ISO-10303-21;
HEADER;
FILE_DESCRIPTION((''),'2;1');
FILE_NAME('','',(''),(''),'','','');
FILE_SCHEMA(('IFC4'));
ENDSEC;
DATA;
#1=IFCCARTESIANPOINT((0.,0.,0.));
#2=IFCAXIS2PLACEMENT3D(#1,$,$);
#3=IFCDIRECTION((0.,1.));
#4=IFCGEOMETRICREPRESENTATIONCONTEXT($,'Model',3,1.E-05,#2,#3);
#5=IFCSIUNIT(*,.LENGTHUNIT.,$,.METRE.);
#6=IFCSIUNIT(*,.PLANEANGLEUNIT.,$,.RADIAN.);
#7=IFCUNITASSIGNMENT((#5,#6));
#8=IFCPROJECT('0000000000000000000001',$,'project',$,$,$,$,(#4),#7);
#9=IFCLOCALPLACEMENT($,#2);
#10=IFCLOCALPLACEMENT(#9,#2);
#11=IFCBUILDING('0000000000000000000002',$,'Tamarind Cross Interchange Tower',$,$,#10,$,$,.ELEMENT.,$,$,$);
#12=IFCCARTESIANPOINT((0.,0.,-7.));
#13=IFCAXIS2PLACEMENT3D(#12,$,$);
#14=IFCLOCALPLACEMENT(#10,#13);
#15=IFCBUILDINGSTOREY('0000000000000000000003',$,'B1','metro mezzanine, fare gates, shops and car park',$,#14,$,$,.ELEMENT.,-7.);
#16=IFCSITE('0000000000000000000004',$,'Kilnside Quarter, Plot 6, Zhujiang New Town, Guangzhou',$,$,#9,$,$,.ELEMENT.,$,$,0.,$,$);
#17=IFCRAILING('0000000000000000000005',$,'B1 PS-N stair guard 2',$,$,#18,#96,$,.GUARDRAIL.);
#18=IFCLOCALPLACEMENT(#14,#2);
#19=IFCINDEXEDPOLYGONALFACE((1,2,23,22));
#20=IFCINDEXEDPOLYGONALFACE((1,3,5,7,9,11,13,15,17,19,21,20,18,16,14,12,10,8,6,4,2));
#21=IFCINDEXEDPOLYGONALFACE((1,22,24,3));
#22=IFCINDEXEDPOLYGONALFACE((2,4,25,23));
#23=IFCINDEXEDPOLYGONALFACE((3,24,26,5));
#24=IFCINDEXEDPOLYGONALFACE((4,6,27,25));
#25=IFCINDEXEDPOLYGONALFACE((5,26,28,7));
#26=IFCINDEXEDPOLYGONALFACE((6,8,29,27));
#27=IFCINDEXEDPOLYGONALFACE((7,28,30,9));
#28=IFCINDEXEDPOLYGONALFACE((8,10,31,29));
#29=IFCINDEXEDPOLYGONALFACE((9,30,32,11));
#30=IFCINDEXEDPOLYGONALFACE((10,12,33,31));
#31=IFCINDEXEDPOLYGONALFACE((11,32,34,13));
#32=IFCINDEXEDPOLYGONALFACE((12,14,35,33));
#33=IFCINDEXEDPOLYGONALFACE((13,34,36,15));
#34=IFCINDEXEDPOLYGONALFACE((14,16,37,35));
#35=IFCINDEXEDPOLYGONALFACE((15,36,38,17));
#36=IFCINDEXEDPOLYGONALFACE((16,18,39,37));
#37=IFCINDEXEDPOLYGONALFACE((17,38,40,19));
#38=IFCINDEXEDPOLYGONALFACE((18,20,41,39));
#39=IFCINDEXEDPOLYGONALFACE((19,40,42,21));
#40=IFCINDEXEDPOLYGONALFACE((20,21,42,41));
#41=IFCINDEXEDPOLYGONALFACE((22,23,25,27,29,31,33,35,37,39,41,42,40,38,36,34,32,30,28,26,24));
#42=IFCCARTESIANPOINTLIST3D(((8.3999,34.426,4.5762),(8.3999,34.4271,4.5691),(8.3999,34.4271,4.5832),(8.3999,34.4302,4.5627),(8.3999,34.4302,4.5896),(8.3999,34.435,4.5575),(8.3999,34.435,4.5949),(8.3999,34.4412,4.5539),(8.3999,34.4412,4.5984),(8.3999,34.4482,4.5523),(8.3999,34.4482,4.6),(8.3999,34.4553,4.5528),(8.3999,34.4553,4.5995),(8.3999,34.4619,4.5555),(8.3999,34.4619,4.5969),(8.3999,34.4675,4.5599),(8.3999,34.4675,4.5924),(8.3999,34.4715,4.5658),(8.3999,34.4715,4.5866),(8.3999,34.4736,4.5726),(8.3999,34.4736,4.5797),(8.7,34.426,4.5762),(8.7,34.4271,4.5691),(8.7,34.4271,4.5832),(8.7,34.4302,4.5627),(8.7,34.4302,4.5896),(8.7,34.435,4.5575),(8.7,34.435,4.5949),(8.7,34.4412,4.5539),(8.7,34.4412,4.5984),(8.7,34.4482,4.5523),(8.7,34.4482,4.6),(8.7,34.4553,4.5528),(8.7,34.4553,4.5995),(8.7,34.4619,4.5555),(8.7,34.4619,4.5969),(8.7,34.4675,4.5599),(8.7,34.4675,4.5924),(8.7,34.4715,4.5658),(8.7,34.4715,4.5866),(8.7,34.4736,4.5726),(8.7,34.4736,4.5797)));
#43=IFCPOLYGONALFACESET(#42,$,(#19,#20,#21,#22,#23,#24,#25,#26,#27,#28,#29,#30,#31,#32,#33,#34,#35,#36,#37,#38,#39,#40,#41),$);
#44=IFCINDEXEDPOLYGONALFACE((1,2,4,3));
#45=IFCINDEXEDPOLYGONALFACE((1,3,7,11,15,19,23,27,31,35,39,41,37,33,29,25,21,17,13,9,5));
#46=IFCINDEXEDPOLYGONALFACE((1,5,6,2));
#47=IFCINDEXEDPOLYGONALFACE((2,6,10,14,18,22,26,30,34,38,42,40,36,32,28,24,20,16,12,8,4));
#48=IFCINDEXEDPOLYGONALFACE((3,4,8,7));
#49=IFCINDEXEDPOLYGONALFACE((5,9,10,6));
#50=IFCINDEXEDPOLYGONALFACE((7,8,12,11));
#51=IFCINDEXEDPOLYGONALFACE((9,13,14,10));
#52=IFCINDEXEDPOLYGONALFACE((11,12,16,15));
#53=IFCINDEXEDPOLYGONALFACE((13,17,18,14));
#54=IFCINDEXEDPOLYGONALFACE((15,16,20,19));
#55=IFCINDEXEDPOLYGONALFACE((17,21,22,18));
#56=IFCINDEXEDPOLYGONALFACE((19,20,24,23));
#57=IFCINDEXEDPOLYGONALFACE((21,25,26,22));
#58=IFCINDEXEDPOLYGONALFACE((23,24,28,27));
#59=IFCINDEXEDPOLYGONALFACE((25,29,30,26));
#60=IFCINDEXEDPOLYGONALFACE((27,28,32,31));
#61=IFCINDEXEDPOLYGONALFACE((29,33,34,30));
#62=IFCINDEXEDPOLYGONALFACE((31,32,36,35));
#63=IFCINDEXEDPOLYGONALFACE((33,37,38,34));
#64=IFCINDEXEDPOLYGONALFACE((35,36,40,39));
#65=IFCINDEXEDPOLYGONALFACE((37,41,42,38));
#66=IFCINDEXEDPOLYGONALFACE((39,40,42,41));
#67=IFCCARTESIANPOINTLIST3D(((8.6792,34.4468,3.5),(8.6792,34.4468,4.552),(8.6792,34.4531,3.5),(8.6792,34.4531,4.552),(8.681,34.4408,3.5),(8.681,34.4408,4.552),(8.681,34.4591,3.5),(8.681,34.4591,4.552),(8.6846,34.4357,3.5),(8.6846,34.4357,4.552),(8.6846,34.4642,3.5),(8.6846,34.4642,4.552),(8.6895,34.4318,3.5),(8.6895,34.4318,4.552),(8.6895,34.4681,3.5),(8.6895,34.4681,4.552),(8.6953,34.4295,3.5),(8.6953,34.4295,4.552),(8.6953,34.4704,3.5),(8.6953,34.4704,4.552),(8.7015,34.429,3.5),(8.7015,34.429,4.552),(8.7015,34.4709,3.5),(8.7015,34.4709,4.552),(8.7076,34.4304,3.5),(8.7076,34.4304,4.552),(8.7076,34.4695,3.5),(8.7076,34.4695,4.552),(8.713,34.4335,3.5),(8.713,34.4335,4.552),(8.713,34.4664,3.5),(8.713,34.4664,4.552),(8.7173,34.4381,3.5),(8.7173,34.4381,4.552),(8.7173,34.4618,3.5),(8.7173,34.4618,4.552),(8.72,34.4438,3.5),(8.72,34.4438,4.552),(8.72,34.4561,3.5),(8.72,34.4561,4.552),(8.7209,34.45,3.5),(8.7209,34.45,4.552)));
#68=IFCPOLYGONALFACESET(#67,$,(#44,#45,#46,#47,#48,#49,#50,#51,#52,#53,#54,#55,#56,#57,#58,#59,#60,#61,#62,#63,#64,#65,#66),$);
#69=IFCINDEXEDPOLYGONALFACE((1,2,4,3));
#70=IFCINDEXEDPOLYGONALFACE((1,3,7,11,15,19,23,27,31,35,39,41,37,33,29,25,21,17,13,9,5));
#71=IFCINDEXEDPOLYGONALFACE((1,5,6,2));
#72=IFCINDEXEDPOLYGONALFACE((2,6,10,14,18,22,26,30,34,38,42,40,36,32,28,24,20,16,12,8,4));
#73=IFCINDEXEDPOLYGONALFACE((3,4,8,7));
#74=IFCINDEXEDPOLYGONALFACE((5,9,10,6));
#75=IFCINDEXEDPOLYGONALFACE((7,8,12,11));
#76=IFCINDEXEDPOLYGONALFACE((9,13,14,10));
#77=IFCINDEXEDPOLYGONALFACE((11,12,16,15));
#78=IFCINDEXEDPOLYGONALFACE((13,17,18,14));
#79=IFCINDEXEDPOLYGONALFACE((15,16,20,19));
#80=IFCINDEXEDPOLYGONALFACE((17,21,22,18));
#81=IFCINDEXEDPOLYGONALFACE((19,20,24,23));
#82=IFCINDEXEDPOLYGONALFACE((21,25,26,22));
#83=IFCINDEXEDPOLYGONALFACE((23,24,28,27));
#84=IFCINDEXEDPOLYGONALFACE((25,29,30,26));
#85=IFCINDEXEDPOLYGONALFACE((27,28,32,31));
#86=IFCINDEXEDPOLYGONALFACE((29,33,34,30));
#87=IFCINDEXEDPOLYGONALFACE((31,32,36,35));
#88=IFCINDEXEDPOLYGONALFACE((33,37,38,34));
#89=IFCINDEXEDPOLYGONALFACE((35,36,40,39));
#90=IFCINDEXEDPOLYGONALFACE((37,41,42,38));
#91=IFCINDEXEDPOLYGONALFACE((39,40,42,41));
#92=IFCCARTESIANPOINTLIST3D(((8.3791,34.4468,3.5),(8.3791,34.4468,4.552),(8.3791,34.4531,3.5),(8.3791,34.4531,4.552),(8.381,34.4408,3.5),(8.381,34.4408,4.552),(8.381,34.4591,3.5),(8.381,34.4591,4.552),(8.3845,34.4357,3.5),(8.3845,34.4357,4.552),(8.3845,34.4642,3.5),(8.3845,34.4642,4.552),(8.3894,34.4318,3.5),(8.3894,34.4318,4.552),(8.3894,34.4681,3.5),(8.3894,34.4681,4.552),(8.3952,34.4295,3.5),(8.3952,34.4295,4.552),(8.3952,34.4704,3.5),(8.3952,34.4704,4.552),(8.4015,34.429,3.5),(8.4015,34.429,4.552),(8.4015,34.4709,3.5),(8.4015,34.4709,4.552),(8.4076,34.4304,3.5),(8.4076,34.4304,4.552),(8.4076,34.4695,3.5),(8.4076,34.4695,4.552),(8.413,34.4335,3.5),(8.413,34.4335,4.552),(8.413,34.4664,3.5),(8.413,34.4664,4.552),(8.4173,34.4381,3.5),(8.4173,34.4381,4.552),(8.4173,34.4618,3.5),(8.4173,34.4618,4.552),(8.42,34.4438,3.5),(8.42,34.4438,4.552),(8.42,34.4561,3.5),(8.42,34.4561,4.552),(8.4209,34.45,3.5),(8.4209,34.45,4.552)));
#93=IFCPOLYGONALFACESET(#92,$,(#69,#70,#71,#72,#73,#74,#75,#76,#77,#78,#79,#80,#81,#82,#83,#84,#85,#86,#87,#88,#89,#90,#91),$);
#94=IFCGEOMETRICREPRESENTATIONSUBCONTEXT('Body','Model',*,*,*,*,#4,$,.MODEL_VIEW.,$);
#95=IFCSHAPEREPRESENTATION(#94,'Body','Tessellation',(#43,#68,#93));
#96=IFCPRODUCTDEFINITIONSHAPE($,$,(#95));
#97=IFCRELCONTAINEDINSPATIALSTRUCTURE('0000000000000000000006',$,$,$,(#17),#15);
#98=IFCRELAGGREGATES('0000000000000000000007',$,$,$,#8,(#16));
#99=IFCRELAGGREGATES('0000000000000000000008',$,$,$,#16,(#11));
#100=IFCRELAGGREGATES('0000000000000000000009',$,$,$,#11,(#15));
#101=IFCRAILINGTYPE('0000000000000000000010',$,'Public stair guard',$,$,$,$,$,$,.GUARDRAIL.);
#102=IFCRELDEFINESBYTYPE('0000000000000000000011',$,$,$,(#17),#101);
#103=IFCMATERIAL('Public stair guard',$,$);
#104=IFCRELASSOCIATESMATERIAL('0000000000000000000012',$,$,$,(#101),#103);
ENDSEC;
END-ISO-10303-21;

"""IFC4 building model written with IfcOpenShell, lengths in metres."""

from ifc_helpers import new_model, si_unit, direction, frame, origin, origin_2d, place, context, subcontext, project, spatial, circle, extrude, material, type_object, element, save


model = new_model("IFC4")

# Units and contexts
model_context = context("Model", 3, precision=1e-05, world=origin(), true_north=direction((0.0, 1.0)))
body_context = subcontext(model_context, "Body", "Model", "MODEL_VIEW")
ifc_project = project(units=[si_unit("LENGTHUNIT", "METRE"), si_unit("PLANEANGLEUNIT", "RADIAN")], contexts=[model_context])

# Site, building, storey
site_placement = place(None, origin())
site = spatial("IfcSite", under=ifc_project, at=site_placement, Name="Kilnside Quarter, Plot 6, Zhujiang New Town, Guangzhou", CompositionType="ELEMENT", RefElevation=0.0)
building_placement = place(site_placement, origin())
building = spatial("IfcBuilding", under=site, at=building_placement, Name="Tamarind Cross Interchange Tower", CompositionType="ELEMENT")
storey_placement = place(building_placement, frame((0.0, 0.0, -7.0)))
storey = spatial("IfcBuildingStorey", under=building, at=storey_placement, Name="B1", Description="metro mezzanine, fare gates, shops and car park", CompositionType="ELEMENT", Elevation=-7.0)

# Railing
ifc_material_1 = material(Name="Public stair guard")
railing_type_1 = type_object("IfcRailingType", Name="Public stair guard", PredefinedType="GUARDRAIL", material=ifc_material_1)
railing_1_placement = place(storey_placement, frame((8.7, 34.45, 3.5)))
element("IfcRailing", 1, at=railing_1_placement, inside=storey, type_object=railing_type_1, Name="B1 PS-N stair guard 2", PredefinedType="GUARDRAIL", context=body_context, shape_type="SweptSolid", body=[
    extrude(circle(Radius=0.0239, at=origin_2d()), frame((0.0, 0.0, 1.0762), z_axis=(-1.0, 0.0, 0.0), x_axis=(0.0, -1.0, 0.0)), (0.0, 0.0, 1.0), 0.3),
    extrude(circle(Radius=0.021, at=origin_2d()), origin(), (0.0, 0.0, 1.0), 1.052),
    extrude(circle(Radius=0.021, at=origin_2d()), frame((-0.3, 0.0, 0.0)), (0.0, 0.0, 1.0), 1.052),
])

save(model, "model.ifc")
